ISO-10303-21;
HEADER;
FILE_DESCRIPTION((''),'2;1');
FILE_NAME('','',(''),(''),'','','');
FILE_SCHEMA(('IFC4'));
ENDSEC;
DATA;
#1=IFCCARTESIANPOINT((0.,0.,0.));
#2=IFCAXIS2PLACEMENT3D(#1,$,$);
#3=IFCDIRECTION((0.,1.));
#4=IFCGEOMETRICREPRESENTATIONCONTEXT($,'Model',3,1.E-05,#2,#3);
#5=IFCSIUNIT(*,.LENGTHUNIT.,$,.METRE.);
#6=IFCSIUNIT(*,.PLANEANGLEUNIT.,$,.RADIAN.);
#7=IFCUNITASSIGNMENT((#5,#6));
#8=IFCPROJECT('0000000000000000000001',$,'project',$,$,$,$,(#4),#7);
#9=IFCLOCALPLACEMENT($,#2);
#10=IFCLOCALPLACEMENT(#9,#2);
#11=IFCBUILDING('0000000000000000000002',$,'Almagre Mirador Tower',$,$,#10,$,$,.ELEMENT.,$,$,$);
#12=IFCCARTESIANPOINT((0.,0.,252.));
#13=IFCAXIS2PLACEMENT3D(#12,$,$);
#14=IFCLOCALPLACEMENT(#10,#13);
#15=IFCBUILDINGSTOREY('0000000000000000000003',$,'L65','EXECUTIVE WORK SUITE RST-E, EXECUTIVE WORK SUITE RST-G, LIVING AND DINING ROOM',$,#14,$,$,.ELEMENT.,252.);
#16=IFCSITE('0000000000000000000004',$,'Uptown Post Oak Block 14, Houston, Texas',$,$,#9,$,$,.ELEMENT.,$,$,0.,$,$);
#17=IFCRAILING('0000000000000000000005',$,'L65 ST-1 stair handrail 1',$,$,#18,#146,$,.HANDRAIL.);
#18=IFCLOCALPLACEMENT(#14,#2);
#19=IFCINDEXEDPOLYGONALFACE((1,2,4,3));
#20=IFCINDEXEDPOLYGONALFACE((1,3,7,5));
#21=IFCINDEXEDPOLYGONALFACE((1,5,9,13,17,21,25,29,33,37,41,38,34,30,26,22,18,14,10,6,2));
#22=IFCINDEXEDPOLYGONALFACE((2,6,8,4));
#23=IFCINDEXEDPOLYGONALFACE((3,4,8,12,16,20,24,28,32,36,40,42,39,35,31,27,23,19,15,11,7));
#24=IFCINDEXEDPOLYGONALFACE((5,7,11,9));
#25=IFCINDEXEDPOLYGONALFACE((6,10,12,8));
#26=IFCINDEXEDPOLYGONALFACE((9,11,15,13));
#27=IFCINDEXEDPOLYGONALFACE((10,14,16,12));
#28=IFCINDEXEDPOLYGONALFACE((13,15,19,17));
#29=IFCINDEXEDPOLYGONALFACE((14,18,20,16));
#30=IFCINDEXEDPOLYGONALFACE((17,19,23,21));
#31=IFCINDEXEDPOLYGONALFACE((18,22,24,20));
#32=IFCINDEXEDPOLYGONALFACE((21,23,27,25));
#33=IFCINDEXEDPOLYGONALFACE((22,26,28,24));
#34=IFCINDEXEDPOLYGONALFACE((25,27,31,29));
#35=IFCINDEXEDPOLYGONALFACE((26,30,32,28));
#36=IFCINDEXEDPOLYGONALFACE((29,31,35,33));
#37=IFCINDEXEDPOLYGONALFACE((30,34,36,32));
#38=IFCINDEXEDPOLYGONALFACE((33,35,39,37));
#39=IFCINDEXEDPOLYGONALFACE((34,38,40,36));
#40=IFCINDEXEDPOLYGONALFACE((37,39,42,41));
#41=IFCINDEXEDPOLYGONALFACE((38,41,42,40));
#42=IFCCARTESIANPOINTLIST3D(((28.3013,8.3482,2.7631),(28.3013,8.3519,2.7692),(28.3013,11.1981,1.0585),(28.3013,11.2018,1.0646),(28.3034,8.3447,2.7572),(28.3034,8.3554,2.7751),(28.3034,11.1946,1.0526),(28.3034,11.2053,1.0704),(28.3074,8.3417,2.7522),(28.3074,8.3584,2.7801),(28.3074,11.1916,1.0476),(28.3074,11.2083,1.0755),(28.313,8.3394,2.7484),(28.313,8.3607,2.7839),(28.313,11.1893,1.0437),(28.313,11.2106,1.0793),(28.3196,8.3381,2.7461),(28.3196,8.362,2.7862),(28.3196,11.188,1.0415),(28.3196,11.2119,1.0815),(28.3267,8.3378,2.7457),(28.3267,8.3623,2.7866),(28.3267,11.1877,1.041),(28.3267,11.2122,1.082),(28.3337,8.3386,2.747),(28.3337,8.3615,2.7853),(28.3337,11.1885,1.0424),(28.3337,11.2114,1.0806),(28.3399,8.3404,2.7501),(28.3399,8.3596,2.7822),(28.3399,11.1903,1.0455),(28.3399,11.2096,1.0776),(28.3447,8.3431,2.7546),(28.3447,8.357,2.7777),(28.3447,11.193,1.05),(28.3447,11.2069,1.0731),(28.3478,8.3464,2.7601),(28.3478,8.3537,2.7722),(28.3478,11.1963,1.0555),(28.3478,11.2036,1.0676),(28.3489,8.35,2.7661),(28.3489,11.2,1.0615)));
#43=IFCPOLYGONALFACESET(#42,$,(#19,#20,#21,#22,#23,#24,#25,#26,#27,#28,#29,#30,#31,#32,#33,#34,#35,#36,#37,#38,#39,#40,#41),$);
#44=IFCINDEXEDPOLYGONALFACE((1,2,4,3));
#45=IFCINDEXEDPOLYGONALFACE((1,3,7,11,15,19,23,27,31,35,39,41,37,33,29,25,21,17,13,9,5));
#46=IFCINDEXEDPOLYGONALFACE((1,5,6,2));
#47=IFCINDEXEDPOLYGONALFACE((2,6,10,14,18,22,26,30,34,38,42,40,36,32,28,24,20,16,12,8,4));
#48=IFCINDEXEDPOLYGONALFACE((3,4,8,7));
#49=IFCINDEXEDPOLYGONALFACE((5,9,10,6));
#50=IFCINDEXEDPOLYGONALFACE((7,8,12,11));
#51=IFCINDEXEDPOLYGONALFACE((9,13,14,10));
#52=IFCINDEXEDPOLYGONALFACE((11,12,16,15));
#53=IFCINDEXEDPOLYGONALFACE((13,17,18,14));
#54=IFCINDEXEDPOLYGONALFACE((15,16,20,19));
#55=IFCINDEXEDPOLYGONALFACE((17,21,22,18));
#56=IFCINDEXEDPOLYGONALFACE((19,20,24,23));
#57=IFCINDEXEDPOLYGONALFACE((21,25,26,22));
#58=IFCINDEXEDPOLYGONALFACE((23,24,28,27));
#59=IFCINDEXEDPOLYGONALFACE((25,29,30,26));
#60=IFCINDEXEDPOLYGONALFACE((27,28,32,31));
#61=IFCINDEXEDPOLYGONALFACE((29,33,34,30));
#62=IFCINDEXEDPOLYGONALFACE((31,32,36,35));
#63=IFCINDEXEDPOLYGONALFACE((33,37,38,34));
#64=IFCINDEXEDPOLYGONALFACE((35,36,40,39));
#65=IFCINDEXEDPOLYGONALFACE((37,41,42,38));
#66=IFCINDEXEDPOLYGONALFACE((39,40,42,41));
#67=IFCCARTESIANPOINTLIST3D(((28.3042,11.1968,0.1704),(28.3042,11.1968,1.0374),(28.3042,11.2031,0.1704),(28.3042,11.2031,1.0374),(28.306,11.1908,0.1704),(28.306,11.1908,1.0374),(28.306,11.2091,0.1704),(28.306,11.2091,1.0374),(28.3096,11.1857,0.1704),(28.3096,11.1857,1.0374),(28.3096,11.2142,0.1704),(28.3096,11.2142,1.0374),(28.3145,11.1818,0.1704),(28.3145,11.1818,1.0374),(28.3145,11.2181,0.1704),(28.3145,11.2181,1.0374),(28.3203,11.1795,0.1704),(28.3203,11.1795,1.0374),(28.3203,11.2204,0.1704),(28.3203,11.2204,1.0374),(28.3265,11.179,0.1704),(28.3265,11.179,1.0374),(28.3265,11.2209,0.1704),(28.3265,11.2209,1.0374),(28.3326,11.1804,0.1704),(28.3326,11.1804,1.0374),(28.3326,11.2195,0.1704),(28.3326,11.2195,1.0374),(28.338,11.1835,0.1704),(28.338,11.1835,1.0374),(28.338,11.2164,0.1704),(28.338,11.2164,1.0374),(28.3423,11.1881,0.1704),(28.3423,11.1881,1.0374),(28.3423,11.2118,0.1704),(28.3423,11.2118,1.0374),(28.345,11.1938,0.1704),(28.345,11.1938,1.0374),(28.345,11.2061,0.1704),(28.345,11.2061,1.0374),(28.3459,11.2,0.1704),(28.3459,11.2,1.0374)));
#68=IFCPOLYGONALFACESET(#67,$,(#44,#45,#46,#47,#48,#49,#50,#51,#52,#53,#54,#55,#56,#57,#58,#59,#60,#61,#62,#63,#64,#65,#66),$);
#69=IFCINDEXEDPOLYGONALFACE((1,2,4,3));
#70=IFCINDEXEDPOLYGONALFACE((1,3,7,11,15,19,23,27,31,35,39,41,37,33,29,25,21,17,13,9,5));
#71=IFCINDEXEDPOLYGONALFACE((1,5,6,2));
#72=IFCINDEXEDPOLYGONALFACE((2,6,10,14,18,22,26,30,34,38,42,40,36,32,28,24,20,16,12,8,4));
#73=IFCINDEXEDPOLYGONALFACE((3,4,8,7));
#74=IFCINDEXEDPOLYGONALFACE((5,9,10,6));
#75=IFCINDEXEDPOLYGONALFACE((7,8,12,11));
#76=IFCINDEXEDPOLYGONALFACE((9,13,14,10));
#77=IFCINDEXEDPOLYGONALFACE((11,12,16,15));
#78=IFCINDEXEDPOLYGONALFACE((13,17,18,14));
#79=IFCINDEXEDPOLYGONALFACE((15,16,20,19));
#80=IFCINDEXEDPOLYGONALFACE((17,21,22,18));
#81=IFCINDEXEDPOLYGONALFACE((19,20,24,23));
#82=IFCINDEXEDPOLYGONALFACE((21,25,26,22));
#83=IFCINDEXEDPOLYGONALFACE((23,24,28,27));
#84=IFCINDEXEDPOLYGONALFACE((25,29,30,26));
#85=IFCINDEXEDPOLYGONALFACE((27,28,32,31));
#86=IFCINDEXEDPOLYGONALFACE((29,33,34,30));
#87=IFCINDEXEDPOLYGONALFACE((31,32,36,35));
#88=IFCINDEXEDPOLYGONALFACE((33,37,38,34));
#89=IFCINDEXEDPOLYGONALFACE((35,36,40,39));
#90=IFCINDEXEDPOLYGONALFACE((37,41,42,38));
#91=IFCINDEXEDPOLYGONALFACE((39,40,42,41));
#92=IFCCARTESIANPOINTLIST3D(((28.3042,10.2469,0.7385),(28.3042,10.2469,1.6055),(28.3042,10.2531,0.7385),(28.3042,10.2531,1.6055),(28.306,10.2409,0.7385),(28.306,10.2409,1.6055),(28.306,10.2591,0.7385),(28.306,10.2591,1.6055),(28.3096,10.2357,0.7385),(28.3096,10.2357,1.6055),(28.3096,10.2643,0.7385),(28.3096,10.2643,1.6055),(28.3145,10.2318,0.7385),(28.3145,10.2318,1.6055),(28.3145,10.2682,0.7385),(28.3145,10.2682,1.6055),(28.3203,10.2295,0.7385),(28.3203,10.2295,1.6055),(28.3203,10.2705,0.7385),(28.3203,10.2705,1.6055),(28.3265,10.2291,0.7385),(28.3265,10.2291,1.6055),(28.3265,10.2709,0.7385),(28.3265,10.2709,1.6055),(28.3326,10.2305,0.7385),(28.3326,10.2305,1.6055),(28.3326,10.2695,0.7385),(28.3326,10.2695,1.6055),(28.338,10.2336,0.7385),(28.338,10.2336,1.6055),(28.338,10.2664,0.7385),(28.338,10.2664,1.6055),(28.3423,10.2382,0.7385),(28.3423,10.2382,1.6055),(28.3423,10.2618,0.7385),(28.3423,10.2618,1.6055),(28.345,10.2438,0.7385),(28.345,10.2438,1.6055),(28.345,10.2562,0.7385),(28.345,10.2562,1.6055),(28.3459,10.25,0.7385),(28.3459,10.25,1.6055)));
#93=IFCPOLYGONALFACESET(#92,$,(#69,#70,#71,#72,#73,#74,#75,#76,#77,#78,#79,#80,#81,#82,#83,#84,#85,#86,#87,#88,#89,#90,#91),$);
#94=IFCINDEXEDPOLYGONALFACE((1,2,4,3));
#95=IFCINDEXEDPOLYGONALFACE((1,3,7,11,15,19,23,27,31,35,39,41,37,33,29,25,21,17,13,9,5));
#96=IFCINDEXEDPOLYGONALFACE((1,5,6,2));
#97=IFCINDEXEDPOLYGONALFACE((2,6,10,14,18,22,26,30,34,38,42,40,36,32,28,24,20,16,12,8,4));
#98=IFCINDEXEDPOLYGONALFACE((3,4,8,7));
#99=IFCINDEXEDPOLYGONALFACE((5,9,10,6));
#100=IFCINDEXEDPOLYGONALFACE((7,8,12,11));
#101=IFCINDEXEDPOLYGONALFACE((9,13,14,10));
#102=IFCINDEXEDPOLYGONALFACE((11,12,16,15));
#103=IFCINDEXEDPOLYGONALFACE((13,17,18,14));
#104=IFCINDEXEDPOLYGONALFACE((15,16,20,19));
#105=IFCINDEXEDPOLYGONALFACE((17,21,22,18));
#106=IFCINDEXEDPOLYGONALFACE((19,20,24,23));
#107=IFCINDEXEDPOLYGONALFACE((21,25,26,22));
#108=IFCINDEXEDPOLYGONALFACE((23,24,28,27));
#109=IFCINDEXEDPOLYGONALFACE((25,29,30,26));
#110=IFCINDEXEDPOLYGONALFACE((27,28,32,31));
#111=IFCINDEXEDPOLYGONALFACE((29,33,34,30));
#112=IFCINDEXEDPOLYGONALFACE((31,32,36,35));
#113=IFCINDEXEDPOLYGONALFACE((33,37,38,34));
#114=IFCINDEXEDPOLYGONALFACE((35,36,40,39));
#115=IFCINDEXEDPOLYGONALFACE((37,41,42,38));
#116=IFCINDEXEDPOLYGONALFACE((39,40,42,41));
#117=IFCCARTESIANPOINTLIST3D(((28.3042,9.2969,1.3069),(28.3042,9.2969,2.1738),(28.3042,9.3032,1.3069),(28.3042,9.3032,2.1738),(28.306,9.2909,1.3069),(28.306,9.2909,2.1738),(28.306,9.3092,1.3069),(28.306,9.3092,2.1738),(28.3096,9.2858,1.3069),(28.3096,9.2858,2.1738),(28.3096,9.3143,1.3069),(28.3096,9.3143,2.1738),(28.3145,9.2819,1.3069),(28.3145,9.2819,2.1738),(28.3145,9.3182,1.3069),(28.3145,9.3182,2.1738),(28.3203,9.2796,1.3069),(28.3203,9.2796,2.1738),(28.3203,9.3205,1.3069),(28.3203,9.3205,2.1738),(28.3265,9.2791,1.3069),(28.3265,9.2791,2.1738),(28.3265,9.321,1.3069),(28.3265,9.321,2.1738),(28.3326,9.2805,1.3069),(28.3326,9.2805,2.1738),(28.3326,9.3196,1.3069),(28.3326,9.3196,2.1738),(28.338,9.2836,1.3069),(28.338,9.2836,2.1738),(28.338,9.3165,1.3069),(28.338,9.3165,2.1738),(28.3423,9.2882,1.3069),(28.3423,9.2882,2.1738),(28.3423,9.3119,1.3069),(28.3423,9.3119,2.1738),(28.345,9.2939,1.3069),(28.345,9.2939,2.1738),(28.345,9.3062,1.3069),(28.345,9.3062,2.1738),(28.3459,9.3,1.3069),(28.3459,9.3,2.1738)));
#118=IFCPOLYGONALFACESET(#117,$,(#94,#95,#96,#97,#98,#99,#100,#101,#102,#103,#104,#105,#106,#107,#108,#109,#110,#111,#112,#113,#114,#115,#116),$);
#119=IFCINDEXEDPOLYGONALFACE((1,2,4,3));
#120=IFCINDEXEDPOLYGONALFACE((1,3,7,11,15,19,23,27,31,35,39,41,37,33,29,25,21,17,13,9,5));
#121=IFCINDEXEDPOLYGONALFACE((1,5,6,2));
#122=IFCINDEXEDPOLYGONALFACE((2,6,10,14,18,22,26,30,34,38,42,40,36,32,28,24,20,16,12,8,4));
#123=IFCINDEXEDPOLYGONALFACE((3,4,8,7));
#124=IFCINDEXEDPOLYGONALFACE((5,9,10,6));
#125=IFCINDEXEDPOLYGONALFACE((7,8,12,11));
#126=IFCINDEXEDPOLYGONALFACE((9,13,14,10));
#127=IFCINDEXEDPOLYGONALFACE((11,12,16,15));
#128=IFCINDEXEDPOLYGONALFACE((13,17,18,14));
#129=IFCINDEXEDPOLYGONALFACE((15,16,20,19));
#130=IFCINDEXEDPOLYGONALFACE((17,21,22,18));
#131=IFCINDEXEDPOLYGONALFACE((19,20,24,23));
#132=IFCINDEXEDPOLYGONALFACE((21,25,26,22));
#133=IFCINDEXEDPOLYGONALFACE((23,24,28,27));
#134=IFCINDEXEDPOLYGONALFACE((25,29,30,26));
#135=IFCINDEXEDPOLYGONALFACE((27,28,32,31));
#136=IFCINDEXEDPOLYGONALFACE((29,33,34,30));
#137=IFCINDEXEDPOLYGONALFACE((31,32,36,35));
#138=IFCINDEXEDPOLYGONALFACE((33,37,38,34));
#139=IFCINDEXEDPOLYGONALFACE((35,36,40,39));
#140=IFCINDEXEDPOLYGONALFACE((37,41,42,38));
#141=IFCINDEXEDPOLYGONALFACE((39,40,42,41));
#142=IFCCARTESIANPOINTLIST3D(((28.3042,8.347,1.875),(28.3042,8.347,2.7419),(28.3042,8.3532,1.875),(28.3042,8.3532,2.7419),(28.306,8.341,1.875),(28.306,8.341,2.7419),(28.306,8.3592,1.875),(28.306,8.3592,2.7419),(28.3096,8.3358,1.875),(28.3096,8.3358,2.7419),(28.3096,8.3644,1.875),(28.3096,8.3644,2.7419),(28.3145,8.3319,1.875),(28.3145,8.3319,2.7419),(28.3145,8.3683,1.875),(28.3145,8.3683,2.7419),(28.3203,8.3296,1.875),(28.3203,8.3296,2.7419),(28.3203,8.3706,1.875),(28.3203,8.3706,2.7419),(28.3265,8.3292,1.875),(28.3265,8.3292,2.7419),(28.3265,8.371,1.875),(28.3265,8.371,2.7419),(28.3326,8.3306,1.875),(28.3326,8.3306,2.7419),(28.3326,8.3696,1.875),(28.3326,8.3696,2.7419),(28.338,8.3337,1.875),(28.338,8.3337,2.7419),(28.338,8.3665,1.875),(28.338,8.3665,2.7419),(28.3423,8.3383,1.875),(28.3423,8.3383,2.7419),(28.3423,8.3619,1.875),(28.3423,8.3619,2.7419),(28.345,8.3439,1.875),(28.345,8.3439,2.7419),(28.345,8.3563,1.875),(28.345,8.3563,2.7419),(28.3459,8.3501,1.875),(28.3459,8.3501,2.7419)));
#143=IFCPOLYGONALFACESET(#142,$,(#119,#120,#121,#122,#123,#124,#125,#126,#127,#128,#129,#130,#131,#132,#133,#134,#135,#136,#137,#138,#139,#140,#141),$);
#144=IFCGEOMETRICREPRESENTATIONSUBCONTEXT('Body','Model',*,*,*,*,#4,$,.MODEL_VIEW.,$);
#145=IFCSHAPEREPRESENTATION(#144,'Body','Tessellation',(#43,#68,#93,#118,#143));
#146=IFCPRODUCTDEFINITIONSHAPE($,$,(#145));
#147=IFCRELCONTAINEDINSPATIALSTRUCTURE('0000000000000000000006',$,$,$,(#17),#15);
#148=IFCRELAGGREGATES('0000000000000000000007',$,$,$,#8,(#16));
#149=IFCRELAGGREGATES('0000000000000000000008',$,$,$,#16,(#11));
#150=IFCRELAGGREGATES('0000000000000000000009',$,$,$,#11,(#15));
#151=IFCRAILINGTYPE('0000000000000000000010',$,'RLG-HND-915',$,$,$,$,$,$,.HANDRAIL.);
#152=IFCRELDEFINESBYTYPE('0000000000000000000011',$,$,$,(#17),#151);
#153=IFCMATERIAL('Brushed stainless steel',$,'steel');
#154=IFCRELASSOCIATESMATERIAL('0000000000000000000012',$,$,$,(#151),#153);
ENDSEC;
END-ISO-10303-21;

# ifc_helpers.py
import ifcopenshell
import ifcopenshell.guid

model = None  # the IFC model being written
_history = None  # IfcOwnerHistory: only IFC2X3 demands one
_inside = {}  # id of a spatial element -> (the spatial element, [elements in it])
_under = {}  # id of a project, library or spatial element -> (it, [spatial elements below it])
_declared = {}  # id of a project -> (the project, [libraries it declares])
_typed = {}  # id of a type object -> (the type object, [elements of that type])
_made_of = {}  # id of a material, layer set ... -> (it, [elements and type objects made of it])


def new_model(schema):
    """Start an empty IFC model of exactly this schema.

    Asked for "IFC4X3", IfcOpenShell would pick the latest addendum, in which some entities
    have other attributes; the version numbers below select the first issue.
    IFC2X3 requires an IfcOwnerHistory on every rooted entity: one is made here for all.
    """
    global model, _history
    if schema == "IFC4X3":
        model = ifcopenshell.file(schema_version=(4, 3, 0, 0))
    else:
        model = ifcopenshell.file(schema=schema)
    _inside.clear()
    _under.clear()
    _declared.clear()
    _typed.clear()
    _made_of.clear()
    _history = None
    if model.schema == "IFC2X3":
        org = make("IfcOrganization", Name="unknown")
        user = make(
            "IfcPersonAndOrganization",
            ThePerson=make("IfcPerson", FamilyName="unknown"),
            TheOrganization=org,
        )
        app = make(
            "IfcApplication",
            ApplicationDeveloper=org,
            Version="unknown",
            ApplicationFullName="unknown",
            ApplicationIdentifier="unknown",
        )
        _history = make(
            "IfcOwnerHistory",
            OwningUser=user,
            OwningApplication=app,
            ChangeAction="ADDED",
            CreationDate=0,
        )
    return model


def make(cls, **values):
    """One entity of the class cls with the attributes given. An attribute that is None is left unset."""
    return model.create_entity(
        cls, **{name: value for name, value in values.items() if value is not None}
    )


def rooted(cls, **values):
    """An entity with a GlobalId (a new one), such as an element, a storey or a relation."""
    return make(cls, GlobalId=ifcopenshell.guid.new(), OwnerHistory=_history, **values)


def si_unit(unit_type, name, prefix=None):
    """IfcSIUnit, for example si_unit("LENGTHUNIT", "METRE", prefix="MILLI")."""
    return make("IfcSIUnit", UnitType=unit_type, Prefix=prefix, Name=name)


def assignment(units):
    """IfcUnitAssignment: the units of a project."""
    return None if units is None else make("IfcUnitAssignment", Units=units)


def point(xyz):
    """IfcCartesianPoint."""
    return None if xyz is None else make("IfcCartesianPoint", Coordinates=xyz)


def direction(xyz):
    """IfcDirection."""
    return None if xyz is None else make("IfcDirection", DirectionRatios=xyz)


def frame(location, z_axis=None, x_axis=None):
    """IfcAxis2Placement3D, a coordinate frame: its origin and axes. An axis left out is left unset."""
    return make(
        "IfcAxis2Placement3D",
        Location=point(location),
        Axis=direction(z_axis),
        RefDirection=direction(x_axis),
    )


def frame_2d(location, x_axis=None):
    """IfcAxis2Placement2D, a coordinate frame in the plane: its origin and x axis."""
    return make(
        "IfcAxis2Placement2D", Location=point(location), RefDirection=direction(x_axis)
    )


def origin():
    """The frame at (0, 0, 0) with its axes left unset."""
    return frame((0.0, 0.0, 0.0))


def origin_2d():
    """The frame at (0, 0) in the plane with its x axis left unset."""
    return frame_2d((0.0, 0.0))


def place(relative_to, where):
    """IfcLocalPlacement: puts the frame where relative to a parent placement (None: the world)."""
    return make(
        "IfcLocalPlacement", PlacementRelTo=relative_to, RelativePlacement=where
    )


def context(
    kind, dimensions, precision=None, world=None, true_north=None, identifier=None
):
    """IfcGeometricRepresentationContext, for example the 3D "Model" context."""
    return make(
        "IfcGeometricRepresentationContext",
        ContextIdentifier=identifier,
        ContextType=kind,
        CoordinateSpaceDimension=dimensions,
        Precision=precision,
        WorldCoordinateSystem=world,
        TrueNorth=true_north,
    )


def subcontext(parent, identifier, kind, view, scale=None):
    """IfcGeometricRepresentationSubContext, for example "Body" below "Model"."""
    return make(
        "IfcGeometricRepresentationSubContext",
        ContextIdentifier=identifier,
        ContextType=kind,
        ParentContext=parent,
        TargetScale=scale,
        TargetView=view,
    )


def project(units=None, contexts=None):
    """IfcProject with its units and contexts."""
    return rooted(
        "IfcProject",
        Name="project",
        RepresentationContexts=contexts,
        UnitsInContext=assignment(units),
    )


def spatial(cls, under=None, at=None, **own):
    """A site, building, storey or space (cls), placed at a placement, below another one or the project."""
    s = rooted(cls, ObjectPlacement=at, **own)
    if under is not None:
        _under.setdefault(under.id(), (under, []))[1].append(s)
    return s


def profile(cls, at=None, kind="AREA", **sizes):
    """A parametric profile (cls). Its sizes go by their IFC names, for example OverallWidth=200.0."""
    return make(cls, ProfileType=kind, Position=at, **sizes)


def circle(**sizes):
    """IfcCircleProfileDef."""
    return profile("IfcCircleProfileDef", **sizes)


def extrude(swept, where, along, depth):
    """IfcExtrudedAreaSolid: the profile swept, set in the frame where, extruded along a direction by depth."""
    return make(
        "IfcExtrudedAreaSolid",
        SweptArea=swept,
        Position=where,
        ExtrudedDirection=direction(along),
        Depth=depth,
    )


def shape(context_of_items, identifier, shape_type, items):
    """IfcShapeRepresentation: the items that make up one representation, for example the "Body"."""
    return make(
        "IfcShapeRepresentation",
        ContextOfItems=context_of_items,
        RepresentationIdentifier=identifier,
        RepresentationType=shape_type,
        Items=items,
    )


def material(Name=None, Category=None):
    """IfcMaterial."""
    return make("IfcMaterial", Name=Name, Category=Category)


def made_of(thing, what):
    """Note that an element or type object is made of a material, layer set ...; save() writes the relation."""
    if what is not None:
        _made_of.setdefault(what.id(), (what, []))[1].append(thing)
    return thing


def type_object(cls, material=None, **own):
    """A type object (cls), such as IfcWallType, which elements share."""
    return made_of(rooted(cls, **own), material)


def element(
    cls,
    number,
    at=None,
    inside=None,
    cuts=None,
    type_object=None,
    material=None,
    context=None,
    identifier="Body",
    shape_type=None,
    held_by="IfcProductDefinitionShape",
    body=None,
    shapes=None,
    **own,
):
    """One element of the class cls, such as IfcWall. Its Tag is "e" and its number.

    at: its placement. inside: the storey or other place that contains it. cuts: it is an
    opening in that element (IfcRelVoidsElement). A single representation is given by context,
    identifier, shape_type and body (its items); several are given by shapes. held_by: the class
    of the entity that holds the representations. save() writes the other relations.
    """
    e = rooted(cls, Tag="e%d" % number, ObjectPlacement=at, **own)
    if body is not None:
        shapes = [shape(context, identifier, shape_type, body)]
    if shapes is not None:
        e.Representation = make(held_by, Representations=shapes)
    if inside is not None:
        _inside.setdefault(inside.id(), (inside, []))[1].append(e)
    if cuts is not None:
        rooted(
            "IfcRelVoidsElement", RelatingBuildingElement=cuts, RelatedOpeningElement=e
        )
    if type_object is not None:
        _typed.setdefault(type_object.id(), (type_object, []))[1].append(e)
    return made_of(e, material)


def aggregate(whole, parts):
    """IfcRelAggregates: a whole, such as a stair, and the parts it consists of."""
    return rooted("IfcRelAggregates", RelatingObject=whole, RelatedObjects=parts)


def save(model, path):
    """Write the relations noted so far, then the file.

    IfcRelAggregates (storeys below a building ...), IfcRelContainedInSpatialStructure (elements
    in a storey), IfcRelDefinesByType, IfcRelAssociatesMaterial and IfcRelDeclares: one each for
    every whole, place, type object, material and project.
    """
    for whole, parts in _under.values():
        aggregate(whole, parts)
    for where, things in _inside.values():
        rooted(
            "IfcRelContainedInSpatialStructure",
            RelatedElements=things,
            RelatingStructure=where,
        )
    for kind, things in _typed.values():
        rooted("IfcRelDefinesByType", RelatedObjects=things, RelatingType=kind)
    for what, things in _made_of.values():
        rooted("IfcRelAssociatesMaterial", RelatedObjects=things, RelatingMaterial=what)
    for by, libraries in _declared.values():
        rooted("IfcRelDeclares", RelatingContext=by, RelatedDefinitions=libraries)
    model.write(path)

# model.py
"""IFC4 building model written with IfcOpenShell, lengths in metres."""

from ifc_helpers import new_model, si_unit, direction, frame, origin, origin_2d, place, context, subcontext, project, spatial, circle, extrude, material, type_object, element, save


model = new_model("IFC4")

# Units and contexts
model_context = context("Model", 3, precision=1e-05, world=origin(), true_north=direction((0.0, 1.0)))
body_context = subcontext(model_context, "Body", "Model", "MODEL_VIEW")
ifc_project = project(units=[si_unit("LENGTHUNIT", "METRE"), si_unit("PLANEANGLEUNIT", "RADIAN")], contexts=[model_context])

# Site, building, storey
site_placement = place(None, origin())
site = spatial("IfcSite", under=ifc_project, at=site_placement, Name="Uptown Post Oak Block 14, Houston, Texas", CompositionType="ELEMENT", RefElevation=0.0)
building_placement = place(site_placement, origin())
building = spatial("IfcBuilding", under=site, at=building_placement, Name="Almagre Mirador Tower", CompositionType="ELEMENT")
storey_placement = place(building_placement, frame((0.0, 0.0, 252.0)))
storey = spatial("IfcBuildingStorey", under=building, at=storey_placement, Name="L65", Description="EXECUTIVE WORK SUITE RST-E, EXECUTIVE WORK SUITE RST-G, LIVING AND DINING ROOM", CompositionType="ELEMENT", Elevation=252.0)

# Railing
ifc_material_1 = material(Name="Brushed stainless steel", Category="steel")
railing_type_1 = type_object("IfcRailingType", Name="RLG-HND-915", PredefinedType="HANDRAIL", material=ifc_material_1)
railing_1_placement = place(storey_placement, frame((28.325, 11.2, 0.1704)))
element("IfcRailing", 1, at=railing_1_placement, inside=storey, type_object=railing_type_1, Name="L65 ST-1 stair handrail 1", PredefinedType="HANDRAIL", context=body_context, shape_type="SweptSolid", body=[
    extrude(circle(Radius=0.0239, at=origin_2d()), frame((0.0, 0.0, 0.8911), z_axis=(0.0, -0.858199, 0.513317), x_axis=(1.0, 0.0, 0.0)), (0.0, 0.0, 1.0), 3.3208),
    extrude(circle(Radius=0.021, at=origin_2d()), origin(), (0.0, 0.0, 1.0), 0.8669),
    extrude(circle(Radius=0.021, at=origin_2d()), frame((0.0, -0.95, 0.5681)), (0.0, 0.0, 1.0), 0.8669),
    extrude(circle(Radius=0.021, at=origin_2d()), frame((0.0, -1.8999, 1.1365)), (0.0, 0.0, 1.0), 0.8669),
    extrude(circle(Radius=0.021, at=origin_2d()), frame((0.0, -2.8499, 1.7046)), (0.0, 0.0, 1.0), 0.8669),
])

save(model, "model.ifc")
